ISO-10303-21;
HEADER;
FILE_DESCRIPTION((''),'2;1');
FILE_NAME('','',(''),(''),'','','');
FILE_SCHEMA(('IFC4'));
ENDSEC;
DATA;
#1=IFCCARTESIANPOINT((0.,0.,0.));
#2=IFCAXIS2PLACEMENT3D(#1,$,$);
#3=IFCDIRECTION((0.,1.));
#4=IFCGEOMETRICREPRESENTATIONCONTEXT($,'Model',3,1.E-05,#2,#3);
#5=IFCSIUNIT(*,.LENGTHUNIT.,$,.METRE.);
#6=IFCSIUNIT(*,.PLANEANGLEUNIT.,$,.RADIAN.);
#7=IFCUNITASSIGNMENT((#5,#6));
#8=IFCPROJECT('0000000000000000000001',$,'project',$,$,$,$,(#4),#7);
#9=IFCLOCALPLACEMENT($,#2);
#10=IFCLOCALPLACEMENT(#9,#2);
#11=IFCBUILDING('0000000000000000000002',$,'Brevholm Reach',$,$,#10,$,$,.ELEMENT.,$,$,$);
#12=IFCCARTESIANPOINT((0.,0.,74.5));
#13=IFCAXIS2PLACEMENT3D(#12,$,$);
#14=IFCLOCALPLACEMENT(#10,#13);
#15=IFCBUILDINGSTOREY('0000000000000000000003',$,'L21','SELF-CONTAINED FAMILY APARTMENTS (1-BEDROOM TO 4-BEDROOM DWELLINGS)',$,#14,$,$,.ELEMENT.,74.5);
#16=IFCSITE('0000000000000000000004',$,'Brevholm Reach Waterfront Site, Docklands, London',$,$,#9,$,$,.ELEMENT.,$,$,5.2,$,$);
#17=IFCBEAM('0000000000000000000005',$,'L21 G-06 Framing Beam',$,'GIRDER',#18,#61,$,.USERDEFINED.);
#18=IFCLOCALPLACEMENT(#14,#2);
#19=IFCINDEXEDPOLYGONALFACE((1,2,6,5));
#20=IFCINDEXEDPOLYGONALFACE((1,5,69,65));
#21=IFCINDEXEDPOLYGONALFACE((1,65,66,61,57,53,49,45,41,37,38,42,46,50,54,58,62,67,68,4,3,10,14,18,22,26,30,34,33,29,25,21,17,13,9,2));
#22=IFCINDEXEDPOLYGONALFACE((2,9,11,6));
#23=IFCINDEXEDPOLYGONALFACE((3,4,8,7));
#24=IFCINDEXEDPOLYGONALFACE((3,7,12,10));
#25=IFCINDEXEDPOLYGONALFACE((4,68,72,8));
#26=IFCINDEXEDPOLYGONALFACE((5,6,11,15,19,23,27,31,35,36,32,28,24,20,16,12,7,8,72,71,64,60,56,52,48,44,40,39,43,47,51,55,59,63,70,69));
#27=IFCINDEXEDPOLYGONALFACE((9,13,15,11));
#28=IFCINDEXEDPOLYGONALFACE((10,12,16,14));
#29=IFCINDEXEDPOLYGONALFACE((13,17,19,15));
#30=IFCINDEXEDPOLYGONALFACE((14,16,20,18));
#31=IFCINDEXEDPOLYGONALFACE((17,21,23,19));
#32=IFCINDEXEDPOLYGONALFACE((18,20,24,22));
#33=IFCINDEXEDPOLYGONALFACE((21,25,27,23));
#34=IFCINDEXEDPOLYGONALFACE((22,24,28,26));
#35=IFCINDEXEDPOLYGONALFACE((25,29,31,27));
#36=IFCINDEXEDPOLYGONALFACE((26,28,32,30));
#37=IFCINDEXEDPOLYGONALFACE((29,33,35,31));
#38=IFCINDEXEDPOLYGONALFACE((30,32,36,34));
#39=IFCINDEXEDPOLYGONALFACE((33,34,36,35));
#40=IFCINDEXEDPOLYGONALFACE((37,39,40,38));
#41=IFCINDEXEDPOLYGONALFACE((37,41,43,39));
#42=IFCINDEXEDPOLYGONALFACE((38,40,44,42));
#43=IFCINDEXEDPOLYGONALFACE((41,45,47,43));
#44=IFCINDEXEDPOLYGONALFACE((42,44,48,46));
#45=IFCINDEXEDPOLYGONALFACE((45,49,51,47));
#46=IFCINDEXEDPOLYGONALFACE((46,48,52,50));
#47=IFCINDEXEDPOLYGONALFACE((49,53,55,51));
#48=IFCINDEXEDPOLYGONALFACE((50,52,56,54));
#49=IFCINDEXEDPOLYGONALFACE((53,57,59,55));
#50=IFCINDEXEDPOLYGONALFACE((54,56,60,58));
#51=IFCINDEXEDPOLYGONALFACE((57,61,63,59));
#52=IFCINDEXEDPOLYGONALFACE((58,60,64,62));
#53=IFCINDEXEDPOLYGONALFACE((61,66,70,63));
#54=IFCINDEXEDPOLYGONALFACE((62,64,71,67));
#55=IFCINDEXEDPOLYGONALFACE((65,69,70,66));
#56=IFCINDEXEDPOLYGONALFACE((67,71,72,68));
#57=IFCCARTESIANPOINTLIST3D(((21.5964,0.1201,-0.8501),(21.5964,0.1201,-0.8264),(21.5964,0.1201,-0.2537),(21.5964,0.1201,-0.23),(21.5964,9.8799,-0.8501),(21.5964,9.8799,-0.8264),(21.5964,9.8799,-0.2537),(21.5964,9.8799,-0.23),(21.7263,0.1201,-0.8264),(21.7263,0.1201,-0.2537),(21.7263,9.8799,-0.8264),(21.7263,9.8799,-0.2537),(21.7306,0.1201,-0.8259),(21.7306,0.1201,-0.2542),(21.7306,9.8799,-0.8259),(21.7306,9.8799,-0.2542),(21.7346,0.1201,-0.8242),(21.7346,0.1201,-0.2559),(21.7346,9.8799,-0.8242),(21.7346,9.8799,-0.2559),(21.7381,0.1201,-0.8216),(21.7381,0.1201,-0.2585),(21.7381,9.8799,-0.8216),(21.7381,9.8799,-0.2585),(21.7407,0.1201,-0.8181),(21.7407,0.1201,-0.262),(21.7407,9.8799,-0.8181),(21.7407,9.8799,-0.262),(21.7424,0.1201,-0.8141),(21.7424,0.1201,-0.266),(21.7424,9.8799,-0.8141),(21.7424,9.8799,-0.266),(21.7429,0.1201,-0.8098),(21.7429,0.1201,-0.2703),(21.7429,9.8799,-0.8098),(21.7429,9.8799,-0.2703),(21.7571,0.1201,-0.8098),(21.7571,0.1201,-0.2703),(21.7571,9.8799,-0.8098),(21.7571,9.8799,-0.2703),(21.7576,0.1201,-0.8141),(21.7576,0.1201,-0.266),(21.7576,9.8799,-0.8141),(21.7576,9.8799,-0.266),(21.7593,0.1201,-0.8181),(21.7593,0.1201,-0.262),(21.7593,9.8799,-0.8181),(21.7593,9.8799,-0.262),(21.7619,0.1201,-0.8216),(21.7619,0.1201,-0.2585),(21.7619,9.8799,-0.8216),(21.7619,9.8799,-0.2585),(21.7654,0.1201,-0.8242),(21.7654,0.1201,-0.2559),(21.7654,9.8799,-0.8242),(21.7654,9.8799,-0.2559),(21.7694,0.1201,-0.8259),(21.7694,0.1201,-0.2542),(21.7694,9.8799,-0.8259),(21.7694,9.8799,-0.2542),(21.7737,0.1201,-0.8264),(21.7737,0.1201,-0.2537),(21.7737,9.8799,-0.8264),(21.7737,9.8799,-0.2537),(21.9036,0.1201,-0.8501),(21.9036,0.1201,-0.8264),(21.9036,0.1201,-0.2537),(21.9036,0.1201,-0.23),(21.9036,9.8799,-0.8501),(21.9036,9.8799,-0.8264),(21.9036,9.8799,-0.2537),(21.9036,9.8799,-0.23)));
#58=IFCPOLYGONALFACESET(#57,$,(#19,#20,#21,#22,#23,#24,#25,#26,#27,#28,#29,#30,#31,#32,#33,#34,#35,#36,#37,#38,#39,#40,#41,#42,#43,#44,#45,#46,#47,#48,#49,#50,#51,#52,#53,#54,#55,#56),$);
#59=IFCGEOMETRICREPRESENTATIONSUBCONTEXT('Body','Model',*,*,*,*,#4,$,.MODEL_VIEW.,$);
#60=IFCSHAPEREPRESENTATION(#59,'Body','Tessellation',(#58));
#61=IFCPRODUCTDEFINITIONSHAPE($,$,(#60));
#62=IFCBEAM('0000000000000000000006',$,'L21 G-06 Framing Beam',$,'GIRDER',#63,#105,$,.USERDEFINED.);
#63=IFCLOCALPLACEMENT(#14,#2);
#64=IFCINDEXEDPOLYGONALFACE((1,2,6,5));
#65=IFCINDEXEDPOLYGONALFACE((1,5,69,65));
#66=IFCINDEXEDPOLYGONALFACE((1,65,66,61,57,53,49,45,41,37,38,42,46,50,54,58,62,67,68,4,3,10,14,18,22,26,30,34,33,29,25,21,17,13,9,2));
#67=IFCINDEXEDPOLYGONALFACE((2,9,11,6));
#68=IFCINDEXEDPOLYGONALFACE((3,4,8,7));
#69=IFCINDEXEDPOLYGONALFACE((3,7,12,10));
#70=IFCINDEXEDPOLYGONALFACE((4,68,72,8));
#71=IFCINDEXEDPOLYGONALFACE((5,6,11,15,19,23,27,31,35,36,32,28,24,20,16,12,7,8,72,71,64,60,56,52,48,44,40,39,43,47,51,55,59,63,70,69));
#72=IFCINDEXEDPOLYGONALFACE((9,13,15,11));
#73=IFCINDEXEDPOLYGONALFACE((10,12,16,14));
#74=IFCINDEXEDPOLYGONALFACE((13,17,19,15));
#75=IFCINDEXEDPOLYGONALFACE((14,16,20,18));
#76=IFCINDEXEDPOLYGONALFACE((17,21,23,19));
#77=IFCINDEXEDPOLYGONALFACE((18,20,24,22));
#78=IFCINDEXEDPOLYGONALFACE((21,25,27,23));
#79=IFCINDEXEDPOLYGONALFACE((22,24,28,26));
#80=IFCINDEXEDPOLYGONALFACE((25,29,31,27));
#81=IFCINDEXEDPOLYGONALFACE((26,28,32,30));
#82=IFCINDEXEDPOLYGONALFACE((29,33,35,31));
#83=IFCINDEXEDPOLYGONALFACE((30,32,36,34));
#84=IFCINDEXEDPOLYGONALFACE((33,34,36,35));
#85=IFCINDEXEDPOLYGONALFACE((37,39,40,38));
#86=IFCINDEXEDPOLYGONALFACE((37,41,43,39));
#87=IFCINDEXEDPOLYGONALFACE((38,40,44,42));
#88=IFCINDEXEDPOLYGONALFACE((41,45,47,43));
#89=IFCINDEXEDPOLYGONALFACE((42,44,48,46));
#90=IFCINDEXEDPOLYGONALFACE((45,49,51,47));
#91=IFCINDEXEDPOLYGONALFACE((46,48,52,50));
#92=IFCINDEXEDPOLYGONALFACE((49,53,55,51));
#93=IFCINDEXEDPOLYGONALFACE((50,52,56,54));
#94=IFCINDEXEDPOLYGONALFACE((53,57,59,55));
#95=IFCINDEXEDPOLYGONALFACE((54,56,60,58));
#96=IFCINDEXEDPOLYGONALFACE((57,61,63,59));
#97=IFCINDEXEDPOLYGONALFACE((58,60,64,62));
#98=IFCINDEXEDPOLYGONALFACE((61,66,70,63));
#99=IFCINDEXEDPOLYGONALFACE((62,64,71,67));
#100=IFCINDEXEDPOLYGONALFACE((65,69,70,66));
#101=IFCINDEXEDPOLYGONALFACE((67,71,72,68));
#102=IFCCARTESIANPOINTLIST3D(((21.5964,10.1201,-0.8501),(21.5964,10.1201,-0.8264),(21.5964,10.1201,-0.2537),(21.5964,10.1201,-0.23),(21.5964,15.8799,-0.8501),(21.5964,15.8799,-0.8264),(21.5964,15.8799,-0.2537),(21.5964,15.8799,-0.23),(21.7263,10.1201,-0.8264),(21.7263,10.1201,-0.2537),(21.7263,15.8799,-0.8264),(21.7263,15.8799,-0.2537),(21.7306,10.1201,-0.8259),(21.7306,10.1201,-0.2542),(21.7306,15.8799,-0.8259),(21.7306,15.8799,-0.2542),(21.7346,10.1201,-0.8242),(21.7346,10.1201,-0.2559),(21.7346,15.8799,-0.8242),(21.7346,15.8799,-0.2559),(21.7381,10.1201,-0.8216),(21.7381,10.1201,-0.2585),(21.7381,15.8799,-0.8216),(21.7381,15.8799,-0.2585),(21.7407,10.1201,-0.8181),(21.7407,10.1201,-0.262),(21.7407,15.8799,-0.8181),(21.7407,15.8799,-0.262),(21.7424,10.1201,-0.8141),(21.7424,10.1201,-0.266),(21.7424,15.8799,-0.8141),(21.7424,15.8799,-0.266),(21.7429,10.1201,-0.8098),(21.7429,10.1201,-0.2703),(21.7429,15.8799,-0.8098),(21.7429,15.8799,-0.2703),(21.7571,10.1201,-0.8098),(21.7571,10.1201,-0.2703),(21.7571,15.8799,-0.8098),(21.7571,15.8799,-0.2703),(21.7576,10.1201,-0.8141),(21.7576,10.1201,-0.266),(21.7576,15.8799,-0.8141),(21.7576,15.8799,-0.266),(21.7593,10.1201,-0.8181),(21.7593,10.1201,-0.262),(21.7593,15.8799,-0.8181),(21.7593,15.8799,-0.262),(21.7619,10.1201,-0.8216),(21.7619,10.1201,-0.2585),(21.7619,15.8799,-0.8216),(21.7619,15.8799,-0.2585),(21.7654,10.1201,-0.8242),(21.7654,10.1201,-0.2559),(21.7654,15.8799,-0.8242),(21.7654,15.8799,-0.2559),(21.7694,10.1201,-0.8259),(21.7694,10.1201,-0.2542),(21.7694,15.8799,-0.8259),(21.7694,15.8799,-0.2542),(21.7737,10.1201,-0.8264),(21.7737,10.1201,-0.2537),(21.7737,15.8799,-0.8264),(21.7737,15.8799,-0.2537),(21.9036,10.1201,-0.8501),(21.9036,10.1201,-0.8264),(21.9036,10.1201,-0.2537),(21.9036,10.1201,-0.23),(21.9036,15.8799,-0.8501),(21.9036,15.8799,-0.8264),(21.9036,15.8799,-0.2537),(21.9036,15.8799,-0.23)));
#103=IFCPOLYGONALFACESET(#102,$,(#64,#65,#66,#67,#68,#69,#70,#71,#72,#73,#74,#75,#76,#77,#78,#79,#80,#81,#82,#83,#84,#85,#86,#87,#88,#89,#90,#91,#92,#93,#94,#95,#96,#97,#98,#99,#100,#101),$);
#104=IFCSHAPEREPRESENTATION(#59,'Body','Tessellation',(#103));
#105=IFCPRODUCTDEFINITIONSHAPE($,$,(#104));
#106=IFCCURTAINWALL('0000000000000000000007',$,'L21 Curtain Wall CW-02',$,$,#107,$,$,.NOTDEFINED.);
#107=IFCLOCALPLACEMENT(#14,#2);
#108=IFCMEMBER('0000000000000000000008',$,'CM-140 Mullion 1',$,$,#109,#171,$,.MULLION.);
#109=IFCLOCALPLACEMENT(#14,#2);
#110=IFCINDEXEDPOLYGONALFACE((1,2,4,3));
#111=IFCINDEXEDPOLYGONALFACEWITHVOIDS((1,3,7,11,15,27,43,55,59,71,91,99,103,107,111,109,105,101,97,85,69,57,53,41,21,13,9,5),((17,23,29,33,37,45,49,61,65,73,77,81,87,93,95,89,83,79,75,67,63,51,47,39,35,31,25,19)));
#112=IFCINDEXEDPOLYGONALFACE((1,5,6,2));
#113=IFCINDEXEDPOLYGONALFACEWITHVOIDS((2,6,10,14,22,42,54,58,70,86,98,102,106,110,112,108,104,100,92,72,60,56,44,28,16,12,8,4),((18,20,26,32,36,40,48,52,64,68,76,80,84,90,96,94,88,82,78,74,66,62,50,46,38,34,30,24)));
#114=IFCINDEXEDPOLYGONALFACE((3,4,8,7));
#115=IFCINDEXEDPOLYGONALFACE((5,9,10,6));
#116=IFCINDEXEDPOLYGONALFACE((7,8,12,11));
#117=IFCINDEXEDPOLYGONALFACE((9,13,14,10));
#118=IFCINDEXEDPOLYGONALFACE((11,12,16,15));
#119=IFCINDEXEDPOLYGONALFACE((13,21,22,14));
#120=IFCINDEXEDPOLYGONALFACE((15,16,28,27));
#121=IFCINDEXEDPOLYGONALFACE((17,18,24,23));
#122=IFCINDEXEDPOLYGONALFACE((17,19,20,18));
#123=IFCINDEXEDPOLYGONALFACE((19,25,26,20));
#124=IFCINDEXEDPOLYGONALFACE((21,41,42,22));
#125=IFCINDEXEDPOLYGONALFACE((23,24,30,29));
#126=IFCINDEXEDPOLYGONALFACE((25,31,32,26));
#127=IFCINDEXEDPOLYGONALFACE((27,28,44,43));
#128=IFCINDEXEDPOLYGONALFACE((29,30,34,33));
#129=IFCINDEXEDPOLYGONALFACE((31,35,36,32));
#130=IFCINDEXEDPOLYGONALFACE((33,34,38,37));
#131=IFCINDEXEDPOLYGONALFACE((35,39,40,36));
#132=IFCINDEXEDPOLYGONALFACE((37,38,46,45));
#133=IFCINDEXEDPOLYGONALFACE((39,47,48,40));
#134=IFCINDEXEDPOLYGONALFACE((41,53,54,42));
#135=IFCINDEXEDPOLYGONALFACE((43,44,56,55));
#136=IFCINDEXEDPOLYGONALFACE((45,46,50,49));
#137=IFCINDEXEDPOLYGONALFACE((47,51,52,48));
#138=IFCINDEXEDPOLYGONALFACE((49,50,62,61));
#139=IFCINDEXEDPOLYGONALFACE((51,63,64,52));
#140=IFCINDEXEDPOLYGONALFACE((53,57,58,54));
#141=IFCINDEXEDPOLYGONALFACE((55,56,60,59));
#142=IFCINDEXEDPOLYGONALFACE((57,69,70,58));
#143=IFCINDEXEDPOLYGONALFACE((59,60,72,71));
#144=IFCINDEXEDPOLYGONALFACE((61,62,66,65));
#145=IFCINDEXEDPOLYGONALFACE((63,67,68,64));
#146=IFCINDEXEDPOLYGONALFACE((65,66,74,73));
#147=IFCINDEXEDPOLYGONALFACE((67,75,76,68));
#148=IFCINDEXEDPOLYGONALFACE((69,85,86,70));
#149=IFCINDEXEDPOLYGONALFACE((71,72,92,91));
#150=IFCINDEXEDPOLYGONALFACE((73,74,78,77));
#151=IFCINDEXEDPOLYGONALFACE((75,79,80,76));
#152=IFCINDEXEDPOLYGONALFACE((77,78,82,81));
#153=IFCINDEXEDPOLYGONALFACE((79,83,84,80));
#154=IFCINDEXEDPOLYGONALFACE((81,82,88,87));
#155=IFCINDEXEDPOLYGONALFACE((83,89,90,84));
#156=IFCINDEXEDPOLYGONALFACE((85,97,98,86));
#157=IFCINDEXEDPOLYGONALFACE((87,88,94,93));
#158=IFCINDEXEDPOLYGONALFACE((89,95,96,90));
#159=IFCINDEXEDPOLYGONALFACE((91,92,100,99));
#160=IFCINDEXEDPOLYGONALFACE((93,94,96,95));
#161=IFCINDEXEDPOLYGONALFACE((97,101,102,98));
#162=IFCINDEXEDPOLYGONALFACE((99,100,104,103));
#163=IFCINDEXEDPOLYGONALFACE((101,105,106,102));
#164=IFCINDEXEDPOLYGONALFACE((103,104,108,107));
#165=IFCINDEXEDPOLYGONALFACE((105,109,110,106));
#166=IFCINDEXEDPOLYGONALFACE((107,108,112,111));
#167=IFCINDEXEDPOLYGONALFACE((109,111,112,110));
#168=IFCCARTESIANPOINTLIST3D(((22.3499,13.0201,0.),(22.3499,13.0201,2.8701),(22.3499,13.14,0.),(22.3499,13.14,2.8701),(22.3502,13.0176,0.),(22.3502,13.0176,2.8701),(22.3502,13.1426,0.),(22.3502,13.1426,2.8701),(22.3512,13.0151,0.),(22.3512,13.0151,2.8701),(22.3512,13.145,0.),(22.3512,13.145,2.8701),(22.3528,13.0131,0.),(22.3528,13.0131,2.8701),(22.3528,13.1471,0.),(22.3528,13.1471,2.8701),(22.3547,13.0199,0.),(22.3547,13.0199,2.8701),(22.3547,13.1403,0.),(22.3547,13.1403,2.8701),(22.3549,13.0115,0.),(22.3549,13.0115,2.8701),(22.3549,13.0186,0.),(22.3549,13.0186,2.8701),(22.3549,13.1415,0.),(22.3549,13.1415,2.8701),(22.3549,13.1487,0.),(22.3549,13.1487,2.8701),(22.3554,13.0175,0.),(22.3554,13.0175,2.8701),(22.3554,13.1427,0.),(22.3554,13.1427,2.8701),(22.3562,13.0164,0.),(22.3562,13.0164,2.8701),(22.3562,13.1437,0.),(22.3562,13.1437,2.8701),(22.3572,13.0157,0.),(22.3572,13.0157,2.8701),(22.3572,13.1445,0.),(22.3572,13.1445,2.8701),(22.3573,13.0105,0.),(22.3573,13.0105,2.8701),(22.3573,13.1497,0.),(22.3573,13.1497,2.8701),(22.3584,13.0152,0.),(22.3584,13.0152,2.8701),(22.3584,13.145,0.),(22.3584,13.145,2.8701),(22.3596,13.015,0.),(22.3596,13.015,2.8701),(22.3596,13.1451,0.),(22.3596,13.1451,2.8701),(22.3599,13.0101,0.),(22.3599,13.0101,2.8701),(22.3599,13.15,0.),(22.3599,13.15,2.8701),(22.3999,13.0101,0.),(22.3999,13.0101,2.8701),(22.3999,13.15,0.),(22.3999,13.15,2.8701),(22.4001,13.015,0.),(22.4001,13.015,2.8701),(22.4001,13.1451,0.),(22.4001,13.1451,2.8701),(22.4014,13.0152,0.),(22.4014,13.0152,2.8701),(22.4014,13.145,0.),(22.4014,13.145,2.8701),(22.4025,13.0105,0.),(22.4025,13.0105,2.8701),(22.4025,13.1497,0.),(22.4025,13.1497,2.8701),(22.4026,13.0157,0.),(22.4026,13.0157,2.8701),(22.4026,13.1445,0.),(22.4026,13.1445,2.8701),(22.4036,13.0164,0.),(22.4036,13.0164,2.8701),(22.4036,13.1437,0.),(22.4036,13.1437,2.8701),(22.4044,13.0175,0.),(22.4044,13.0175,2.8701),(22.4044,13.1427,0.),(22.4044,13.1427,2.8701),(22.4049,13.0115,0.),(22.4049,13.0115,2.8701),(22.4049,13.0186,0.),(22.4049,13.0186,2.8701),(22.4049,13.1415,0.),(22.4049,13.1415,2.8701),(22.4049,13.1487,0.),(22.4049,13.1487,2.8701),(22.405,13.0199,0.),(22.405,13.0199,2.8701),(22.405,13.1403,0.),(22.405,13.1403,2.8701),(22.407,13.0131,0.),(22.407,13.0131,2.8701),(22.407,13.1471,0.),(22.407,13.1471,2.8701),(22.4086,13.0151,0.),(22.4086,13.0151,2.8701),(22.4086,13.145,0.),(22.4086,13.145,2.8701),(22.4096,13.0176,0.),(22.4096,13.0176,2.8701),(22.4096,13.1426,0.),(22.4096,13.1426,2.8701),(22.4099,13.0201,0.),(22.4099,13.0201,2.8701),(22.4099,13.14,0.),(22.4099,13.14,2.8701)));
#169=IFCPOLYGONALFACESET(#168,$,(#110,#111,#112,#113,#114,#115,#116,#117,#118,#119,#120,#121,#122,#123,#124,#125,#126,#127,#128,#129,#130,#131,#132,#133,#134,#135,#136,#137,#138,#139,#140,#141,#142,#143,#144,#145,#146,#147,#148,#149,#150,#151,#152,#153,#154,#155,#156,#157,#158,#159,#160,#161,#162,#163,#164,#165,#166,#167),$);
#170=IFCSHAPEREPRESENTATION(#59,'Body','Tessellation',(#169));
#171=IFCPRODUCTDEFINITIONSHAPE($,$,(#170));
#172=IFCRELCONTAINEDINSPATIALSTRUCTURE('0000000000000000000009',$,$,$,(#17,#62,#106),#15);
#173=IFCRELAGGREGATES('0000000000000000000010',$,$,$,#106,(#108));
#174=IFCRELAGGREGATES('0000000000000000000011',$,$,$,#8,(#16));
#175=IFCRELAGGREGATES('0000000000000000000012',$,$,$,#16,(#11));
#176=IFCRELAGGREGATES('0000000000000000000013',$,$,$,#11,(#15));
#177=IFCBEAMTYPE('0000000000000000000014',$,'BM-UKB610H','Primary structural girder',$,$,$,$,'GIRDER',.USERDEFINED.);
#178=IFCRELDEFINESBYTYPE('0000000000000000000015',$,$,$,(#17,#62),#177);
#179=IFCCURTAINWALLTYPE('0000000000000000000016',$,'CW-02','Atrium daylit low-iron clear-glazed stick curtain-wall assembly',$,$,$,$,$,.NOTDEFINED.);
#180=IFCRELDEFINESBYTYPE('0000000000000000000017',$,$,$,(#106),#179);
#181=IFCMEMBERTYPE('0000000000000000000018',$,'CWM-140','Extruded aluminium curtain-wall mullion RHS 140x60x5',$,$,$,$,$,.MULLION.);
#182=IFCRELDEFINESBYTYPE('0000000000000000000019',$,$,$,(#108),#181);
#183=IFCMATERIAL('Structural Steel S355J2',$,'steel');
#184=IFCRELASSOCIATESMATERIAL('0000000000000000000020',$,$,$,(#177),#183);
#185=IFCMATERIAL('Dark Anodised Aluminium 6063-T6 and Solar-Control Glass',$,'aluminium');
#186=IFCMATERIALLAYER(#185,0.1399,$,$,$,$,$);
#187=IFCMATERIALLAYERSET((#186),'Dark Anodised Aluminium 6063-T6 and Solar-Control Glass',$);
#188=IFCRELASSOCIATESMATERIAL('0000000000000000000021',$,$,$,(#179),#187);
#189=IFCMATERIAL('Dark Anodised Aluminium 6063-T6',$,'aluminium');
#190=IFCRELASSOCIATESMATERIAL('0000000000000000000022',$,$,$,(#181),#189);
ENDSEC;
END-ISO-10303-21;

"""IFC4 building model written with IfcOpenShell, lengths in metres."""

from ifc_helpers import new_model, si_unit, direction, frame, origin, origin_2d, place, context, subcontext, project, spatial, hollow_rectangle, i_section, extrude, material, layer, layer_set, material_profile, profile_set, type_object, element, aggregate, save


model = new_model("IFC4")

# Units and contexts
model_context = context("Model", 3, precision=1e-05, world=origin(), true_north=direction((0.0, 1.0)))
body_context = subcontext(model_context, "Body", "Model", "MODEL_VIEW")
ifc_project = project(units=[si_unit("LENGTHUNIT", "METRE"), si_unit("PLANEANGLEUNIT", "RADIAN")], contexts=[model_context])

# Site, building, storey
site_placement = place(None, origin())
site = spatial("IfcSite", under=ifc_project, at=site_placement, Name="Brevholm Reach Waterfront Site, Docklands, London", CompositionType="ELEMENT", RefElevation=5.2)
building_placement = place(site_placement, origin())
building = spatial("IfcBuilding", under=site, at=building_placement, Name="Brevholm Reach", CompositionType="ELEMENT")
storey_placement = place(building_placement, frame((0.0, 0.0, 74.5)))
storey = spatial("IfcBuildingStorey", under=building, at=storey_placement, Name="L21", Description="SELF-CONTAINED FAMILY APARTMENTS (1-BEDROOM TO 4-BEDROOM DWELLINGS)", CompositionType="ELEMENT", Elevation=74.5)

# Beams
ifc_material_1 = material(Name="Structural Steel S355J2", Category="steel")
ifc_material_profile_1 = material_profile(ifc_material_1, i_section(OverallWidth=0.3071, OverallDepth=0.6201, WebThickness=0.0142, FlangeThickness=0.0237, FilletRadius=0.0166, at=origin_2d()), Name="UKB 610x305x179")
ifc_profile_set_1 = profile_set([ifc_material_profile_1], Name="Structural Steel S355J2")
beam_type_1 = type_object("IfcBeamType", Name="BM-UKB610H", Description="Primary structural girder", ElementType="GIRDER", PredefinedType="USERDEFINED", material=ifc_profile_set_1)
beam_1_placement = place(storey_placement, frame((21.75, 0.1201, -0.54), z_axis=(0.0, 1.0, 0.0), x_axis=(-1.0, 0.0, 0.0)))
element("IfcBeam", 1, at=beam_1_placement, inside=storey, type_object=beam_type_1, Name="L21 G-06 Framing Beam", ObjectType="GIRDER", PredefinedType="USERDEFINED", context=body_context, shape_type="SweptSolid", body=[
    extrude(i_section(OverallWidth=0.3071, OverallDepth=0.6201, WebThickness=0.0142, FlangeThickness=0.0237, FilletRadius=0.0166, at=origin_2d()), origin(), (0.0, 0.0, 1.0), 9.7598),
])
beam_2_placement = place(storey_placement, frame((21.75, 10.1201, -0.54), z_axis=(0.0, 1.0, 0.0), x_axis=(-1.0, 0.0, 0.0)))
element("IfcBeam", 2, at=beam_2_placement, inside=storey, type_object=beam_type_1, Name="L21 G-06 Framing Beam", ObjectType="GIRDER", PredefinedType="USERDEFINED", context=body_context, shape_type="SweptSolid", body=[
    extrude(i_section(OverallWidth=0.3071, OverallDepth=0.6201, WebThickness=0.0142, FlangeThickness=0.0237, FilletRadius=0.0166, at=origin_2d()), origin(), (0.0, 0.0, 1.0), 5.7598),
])

# Curtain wall, member
ifc_material_2 = material(Name="Dark Anodised Aluminium 6063-T6 and Solar-Control Glass", Category="aluminium")
ifc_layer_1 = layer(ifc_material_2, 0.1399)
ifc_layer_set_1 = layer_set([ifc_layer_1], Name="Dark Anodised Aluminium 6063-T6 and Solar-Control Glass")
curtain_wall_type = type_object("IfcCurtainWallType", Name="CW-02", Description="Atrium daylit low-iron clear-glazed stick curtain-wall assembly", PredefinedType="NOTDEFINED", material=ifc_layer_set_1)
curtain_wall_placement = place(storey_placement, origin())
curtain_wall = element("IfcCurtainWall", 3, at=curtain_wall_placement, inside=storey, type_object=curtain_wall_type, Name="L21 Curtain Wall CW-02", PredefinedType="NOTDEFINED")
ifc_material_3 = material(Name="Dark Anodised Aluminium 6063-T6", Category="aluminium")
ifc_material_profile_2 = material_profile(ifc_material_3, hollow_rectangle(XDim=0.0601, YDim=0.1399, WallThickness=0.0049, InnerFilletRadius=0.0049, OuterFilletRadius=0.01, at=origin_2d()), Name="RHS 140x60x5")
ifc_profile_set_2 = profile_set([ifc_material_profile_2], Name="Dark Anodised Aluminium 6063-T6")
member_type_1 = type_object("IfcMemberType", Name="CWM-140", Description="Extruded aluminium curtain-wall mullion RHS 140x60x5", PredefinedType="MULLION", material=ifc_profile_set_2)
member_1_placement = place(storey_placement, frame((22.3799, 13.0801, 0.0), z_axis=(0.0, 0.0, 1.0), x_axis=(1.0, 0.0, 0.0)))
member_1 = element("IfcMember", 4, at=member_1_placement, type_object=member_type_1, Name="CM-140 Mullion 1", PredefinedType="MULLION", context=body_context, shape_type="SweptSolid", body=[
    extrude(hollow_rectangle(XDim=0.0601, YDim=0.1399, WallThickness=0.0049, InnerFilletRadius=0.0049, OuterFilletRadius=0.01, at=origin_2d()), origin(), (0.0, 0.0, 1.0), 2.8701),
])
aggregate(curtain_wall, [member_1])

save(model, "model.ifc")
